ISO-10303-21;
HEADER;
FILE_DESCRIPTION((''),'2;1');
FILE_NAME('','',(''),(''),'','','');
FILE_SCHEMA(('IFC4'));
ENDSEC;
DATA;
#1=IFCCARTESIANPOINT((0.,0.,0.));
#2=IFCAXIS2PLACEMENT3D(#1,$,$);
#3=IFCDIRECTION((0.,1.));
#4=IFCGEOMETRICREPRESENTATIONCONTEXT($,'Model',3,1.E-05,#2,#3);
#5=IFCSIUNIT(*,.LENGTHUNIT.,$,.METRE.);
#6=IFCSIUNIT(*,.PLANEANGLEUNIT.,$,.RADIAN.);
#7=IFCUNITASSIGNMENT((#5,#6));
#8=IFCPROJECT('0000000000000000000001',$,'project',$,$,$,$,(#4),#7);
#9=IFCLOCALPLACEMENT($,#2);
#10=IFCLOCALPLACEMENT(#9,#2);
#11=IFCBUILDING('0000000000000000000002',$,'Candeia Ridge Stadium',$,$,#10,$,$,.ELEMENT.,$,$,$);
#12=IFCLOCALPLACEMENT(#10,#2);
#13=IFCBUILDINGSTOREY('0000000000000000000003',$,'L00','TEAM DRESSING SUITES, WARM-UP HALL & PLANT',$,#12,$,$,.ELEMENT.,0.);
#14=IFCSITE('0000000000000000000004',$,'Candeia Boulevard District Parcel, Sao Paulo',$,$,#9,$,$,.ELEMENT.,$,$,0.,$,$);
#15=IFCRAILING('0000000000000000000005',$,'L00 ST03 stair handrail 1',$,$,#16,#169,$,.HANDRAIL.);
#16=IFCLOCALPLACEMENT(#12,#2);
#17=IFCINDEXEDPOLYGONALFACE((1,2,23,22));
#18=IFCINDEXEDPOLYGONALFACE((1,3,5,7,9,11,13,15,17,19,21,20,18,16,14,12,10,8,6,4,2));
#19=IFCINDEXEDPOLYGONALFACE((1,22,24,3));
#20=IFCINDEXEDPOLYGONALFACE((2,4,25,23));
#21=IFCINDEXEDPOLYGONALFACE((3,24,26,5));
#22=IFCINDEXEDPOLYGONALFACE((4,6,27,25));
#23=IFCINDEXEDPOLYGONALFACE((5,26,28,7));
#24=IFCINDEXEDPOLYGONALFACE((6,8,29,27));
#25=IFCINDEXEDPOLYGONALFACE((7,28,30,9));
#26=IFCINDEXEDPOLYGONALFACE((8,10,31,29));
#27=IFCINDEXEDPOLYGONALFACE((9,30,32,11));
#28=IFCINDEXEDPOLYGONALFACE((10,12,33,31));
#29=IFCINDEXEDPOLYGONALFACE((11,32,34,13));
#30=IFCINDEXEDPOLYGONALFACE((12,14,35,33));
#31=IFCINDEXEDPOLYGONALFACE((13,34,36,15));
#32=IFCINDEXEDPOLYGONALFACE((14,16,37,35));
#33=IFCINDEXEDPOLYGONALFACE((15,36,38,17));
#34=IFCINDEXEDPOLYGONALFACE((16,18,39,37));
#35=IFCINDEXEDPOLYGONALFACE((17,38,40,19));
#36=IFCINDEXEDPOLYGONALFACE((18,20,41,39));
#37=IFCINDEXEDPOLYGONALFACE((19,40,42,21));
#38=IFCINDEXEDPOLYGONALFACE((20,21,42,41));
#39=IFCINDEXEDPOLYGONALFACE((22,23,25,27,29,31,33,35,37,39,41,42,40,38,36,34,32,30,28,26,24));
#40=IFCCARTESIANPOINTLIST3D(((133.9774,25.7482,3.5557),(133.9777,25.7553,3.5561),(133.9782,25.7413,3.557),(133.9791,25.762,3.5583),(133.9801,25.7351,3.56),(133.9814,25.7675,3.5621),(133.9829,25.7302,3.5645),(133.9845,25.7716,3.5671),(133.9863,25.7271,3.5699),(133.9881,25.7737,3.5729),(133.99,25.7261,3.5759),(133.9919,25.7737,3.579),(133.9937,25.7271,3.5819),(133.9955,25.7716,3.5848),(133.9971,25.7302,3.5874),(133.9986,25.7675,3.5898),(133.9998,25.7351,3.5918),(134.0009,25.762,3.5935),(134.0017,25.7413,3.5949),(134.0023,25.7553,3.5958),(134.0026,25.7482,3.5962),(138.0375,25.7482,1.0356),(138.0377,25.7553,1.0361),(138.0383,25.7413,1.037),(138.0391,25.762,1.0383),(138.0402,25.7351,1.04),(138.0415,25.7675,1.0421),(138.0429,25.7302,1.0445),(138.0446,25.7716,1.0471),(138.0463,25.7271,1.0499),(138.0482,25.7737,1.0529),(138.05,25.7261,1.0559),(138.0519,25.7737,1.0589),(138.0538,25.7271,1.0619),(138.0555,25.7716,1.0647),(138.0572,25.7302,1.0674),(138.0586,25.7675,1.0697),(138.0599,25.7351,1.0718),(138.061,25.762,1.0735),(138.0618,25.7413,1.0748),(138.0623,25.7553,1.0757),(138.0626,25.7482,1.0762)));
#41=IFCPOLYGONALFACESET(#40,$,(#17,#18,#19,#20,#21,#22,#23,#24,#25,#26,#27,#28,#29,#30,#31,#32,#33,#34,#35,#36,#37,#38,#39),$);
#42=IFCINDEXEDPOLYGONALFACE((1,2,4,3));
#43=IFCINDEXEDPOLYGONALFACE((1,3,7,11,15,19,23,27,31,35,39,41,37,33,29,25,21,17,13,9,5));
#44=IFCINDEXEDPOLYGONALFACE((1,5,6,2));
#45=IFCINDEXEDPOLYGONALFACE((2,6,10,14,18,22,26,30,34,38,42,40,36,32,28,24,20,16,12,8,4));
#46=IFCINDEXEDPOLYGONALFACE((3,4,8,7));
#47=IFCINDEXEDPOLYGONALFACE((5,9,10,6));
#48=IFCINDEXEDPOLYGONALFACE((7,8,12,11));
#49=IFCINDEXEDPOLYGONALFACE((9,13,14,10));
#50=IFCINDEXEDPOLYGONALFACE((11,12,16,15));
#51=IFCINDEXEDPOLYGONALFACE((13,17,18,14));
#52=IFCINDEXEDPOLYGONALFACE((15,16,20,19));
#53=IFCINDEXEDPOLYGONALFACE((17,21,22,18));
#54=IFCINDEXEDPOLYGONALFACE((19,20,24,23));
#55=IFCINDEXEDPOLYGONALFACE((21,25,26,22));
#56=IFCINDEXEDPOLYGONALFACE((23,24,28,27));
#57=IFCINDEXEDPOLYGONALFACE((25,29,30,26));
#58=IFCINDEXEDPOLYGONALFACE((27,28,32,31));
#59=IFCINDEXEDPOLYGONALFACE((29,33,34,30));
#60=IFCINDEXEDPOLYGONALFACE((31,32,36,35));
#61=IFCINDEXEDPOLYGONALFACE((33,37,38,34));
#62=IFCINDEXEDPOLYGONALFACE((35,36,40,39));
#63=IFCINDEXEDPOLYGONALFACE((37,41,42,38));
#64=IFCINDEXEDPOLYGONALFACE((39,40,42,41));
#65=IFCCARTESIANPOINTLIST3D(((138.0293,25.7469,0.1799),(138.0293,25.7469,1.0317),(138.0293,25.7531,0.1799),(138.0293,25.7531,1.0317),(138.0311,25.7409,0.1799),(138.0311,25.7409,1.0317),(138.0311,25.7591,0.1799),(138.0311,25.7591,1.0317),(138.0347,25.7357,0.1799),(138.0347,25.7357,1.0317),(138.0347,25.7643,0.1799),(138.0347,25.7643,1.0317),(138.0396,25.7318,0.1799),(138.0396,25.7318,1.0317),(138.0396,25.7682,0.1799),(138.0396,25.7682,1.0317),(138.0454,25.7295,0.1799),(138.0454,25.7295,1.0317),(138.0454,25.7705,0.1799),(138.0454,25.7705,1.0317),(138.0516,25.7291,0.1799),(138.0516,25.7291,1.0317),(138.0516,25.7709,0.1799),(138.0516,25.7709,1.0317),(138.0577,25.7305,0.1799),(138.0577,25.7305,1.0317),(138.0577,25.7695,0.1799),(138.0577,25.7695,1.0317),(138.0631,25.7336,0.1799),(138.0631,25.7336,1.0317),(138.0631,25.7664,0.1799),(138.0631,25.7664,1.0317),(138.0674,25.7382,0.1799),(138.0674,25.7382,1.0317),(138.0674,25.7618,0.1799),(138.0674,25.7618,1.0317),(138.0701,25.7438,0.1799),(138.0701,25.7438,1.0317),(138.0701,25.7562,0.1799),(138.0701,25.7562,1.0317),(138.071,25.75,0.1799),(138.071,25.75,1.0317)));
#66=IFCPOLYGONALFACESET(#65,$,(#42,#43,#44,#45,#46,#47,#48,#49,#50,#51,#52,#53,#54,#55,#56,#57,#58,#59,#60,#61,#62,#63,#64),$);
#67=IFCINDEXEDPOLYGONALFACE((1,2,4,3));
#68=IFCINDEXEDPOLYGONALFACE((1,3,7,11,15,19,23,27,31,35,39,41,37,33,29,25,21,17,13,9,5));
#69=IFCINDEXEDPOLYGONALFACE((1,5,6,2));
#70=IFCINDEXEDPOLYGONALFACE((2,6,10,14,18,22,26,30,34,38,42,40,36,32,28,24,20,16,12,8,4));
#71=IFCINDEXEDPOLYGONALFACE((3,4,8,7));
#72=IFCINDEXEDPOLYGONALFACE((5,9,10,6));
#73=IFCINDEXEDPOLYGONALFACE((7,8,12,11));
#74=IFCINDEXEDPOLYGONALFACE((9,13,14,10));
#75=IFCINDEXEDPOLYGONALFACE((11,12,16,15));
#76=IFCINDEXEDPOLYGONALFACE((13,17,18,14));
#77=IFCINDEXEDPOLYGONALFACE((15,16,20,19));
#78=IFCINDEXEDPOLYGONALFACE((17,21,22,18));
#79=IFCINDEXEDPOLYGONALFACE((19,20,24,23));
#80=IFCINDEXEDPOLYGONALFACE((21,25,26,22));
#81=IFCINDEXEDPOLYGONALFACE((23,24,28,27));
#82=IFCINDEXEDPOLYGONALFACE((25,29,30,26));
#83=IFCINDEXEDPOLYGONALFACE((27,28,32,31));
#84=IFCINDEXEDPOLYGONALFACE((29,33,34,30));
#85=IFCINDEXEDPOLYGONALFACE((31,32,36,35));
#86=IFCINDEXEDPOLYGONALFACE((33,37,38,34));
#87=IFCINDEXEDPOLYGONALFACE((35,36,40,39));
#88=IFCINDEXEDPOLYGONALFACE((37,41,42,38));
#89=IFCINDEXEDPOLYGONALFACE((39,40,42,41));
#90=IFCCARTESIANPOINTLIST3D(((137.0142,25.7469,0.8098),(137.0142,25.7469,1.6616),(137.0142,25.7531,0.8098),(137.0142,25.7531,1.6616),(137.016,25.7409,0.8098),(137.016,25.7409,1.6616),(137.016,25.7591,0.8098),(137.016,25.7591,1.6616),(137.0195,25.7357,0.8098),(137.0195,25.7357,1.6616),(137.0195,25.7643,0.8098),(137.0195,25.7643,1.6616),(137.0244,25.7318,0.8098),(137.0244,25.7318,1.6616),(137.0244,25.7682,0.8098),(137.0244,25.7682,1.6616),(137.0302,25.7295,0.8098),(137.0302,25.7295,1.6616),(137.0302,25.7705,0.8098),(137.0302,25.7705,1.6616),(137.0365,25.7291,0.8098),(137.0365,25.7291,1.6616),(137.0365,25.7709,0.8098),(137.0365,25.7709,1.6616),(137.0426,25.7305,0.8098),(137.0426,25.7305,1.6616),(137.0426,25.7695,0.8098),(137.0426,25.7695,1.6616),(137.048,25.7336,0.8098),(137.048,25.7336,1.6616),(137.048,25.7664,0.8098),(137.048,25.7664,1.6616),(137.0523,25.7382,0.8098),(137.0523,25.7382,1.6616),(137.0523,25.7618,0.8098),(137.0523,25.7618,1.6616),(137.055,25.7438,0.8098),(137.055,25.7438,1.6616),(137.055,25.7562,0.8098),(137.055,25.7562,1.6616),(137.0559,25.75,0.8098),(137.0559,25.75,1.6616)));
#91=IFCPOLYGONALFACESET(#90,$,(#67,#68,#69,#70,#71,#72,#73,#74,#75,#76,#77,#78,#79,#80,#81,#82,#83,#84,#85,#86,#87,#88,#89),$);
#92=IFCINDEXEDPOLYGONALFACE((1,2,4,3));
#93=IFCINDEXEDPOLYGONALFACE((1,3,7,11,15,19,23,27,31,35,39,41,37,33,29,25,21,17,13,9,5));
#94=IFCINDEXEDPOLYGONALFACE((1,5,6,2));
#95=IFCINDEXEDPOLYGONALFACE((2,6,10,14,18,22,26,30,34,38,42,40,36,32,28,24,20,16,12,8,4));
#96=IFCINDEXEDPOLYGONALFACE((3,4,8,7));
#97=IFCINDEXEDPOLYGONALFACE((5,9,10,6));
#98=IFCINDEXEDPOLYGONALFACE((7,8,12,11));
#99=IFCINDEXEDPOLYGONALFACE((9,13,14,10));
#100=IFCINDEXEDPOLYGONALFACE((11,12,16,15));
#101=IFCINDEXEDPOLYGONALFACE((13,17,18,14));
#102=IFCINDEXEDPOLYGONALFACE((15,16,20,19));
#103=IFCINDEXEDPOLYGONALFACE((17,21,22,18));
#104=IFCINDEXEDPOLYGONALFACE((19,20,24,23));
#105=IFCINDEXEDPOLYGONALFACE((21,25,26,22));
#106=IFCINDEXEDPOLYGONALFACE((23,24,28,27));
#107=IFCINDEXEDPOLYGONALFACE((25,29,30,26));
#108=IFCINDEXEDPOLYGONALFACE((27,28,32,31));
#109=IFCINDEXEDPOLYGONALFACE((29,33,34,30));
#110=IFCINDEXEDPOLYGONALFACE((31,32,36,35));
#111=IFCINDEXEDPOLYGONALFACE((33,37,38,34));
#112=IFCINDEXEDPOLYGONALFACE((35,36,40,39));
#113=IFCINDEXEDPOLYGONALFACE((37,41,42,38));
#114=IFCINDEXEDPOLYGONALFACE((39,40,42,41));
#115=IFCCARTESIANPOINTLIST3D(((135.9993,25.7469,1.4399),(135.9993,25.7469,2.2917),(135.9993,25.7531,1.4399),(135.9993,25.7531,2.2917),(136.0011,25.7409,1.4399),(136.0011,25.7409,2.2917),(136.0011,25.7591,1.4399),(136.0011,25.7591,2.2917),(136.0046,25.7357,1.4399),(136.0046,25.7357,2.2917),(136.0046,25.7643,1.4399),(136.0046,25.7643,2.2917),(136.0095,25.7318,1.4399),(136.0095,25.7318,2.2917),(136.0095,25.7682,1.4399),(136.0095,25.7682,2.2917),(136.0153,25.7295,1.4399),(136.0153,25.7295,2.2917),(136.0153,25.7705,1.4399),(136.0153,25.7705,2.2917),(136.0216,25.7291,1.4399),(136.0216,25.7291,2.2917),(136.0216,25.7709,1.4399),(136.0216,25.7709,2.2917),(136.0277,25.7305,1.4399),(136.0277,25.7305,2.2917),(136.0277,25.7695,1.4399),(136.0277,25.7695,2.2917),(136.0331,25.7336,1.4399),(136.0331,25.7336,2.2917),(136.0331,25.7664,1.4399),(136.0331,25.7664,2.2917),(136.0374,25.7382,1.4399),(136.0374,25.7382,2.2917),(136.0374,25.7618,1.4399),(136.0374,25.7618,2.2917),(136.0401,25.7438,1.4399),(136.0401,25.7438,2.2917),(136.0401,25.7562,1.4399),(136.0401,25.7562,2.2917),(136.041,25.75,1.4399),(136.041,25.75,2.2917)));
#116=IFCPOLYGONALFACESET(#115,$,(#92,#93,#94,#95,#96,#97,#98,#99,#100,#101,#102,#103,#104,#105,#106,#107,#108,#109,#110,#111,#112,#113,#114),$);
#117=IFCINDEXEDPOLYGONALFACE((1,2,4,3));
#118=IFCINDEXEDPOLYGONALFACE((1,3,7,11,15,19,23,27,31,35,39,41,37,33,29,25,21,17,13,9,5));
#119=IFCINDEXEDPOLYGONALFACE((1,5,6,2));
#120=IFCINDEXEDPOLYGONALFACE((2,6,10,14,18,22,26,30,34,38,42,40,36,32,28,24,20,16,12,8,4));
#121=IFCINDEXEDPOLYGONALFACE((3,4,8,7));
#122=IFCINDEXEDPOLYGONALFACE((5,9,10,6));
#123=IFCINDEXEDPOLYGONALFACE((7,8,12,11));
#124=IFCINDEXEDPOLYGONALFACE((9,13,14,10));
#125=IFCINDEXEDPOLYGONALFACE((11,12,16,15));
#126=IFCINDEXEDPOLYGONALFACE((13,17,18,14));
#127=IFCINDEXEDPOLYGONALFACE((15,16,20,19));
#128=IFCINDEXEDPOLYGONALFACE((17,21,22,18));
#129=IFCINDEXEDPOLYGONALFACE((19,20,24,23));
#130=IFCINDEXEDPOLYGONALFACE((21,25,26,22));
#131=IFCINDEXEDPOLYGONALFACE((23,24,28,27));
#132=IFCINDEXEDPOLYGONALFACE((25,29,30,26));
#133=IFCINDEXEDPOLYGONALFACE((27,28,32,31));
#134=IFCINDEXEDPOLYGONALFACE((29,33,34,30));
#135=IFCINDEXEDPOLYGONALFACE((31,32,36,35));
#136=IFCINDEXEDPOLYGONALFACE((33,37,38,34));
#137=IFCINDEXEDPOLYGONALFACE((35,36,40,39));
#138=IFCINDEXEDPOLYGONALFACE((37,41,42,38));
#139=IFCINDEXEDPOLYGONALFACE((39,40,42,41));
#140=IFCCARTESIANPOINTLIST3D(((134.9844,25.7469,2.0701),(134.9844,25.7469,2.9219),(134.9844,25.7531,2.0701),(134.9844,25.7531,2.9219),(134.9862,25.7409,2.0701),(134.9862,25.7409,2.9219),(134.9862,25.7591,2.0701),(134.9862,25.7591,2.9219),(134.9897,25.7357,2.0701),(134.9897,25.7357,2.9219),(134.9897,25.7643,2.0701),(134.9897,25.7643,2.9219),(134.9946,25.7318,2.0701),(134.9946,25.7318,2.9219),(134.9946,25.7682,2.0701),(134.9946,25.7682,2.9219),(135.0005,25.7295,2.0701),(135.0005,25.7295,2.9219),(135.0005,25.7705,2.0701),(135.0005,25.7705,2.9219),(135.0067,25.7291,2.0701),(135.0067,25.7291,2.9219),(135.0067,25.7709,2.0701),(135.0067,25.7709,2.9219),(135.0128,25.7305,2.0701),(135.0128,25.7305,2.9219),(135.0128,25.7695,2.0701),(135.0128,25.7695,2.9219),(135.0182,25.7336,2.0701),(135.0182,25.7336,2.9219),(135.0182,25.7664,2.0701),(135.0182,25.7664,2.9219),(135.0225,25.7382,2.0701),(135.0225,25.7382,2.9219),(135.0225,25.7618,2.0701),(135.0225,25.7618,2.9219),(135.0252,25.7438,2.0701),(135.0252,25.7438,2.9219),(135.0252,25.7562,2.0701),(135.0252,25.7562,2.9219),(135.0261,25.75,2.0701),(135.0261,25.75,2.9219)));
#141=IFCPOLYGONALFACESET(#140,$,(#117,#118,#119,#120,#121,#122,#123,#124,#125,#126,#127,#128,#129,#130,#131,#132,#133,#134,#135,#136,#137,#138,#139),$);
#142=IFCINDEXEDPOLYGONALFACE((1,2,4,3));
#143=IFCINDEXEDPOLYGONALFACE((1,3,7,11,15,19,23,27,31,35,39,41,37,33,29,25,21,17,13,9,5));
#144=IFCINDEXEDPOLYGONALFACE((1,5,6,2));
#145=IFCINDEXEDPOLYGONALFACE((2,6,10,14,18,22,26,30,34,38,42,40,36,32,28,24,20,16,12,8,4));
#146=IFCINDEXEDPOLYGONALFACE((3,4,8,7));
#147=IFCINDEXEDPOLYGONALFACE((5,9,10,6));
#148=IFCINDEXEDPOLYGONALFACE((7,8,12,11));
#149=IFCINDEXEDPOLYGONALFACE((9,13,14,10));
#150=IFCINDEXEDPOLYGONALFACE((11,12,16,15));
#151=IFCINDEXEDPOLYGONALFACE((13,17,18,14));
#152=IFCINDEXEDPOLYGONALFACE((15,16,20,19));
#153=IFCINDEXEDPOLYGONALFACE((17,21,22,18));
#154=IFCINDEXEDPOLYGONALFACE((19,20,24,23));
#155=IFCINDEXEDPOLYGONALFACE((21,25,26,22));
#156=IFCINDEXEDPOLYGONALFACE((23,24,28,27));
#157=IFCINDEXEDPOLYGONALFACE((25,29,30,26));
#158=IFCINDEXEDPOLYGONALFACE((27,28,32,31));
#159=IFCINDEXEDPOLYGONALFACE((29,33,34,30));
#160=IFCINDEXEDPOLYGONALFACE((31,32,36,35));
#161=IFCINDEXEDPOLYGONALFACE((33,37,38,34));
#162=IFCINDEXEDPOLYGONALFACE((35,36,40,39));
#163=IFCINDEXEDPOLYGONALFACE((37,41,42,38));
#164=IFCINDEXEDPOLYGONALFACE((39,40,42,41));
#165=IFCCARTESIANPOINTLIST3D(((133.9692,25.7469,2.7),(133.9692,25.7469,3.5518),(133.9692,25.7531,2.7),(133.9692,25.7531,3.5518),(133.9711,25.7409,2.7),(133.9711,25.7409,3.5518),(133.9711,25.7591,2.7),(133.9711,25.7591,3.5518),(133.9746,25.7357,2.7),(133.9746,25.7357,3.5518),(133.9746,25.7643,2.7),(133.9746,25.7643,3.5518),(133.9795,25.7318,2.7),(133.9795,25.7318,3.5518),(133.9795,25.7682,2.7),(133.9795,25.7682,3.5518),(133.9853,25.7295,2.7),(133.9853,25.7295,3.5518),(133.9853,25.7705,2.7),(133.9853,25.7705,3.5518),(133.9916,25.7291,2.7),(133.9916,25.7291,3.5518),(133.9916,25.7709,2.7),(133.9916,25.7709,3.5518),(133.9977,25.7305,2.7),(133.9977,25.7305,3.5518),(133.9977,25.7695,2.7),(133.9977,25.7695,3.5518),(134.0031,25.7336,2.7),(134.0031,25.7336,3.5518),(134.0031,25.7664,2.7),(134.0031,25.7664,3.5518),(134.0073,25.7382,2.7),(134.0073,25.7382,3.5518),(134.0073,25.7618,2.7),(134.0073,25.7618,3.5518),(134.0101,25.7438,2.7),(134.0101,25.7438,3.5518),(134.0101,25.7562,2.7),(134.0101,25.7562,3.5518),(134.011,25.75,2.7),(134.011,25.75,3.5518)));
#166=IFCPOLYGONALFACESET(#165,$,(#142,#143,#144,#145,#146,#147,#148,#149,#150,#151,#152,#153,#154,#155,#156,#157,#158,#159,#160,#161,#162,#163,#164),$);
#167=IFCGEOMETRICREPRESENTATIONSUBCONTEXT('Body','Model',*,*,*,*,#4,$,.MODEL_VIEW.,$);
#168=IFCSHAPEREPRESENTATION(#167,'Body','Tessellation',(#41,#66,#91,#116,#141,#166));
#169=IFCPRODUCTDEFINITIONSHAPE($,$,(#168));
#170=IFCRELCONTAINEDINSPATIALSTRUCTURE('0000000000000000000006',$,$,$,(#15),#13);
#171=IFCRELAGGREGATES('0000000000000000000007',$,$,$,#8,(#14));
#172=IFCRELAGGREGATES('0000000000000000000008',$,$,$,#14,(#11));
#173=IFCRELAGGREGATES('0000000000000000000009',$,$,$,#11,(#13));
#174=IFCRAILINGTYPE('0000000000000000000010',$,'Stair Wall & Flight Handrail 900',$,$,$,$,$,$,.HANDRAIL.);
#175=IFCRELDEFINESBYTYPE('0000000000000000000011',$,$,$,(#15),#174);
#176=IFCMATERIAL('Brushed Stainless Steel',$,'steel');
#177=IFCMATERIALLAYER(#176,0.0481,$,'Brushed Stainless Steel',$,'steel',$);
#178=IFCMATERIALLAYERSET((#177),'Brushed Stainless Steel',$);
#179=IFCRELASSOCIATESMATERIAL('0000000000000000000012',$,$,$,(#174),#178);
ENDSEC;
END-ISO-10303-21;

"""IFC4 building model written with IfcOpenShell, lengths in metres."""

from ifc_helpers import new_model, si_unit, direction, frame, origin, origin_2d, place, context, subcontext, project, spatial, circle, extrude, material, layer, layer_set, type_object, element, save


model = new_model("IFC4")

# Units and contexts
model_context = context("Model", 3, precision=1e-05, world=origin(), true_north=direction((0.0, 1.0)))
body_context = subcontext(model_context, "Body", "Model", "MODEL_VIEW")
ifc_project = project(units=[si_unit("LENGTHUNIT", "METRE"), si_unit("PLANEANGLEUNIT", "RADIAN")], contexts=[model_context])

# Site, building, storey
site_placement = place(None, origin())
site = spatial("IfcSite", under=ifc_project, at=site_placement, Name="Candeia Boulevard District Parcel, Sao Paulo", CompositionType="ELEMENT", RefElevation=0.0)
building_placement = place(site_placement, origin())
building = spatial("IfcBuilding", under=site, at=building_placement, Name="Candeia Ridge Stadium", CompositionType="ELEMENT")
storey_placement = place(building_placement, origin())
storey = spatial("IfcBuildingStorey", under=building, at=storey_placement, Name="L00", Description="TEAM DRESSING SUITES, WARM-UP HALL & PLANT", CompositionType="ELEMENT", Elevation=0.0)

# Railing
ifc_material_1 = material(Name="Brushed Stainless Steel", Category="steel")
ifc_layer_1 = layer(ifc_material_1, 0.0481, Name="Brushed Stainless Steel", Category="steel")
ifc_layer_set_1 = layer_set([ifc_layer_1], Name="Brushed Stainless Steel")
railing_type_1 = type_object("IfcRailingType", Name="Stair Wall & Flight Handrail 900", PredefinedType="HANDRAIL", material=ifc_layer_set_1)
railing_1_placement = place(storey_placement, frame((138.05, 25.75, 0.1799)))
element("IfcRailing", 1, at=railing_1_placement, inside=storey, type_object=railing_type_1, Name="L00 ST03 stair handrail 1", PredefinedType="HANDRAIL", context=body_context, shape_type="SweptSolid", body=[
    extrude(circle(Radius=0.0239, at=origin_2d()), frame((0.0, 0.0, 0.876), z_axis=(-0.849642, 0.0, 0.52736), x_axis=(0.0, -1.0, 0.0)), (0.0, 0.0, 1.0), 4.7786),
    extrude(circle(Radius=0.021, at=origin_2d()), origin(), (0.0, 0.0, 1.0), 0.8518),
    extrude(circle(Radius=0.021, at=origin_2d()), frame((-1.0151, 0.0, 0.6299)), (0.0, 0.0, 1.0), 0.8518),
    extrude(circle(Radius=0.021, at=origin_2d()), frame((-2.03, 0.0, 1.26)), (0.0, 0.0, 1.0), 0.8518),
    extrude(circle(Radius=0.021, at=origin_2d()), frame((-3.0449, 0.0, 1.8901)), (0.0, 0.0, 1.0), 0.8518),
    extrude(circle(Radius=0.021, at=origin_2d()), frame((-4.0601, 0.0, 2.52)), (0.0, 0.0, 1.0), 0.8518),
])

save(model, "model.ifc")
